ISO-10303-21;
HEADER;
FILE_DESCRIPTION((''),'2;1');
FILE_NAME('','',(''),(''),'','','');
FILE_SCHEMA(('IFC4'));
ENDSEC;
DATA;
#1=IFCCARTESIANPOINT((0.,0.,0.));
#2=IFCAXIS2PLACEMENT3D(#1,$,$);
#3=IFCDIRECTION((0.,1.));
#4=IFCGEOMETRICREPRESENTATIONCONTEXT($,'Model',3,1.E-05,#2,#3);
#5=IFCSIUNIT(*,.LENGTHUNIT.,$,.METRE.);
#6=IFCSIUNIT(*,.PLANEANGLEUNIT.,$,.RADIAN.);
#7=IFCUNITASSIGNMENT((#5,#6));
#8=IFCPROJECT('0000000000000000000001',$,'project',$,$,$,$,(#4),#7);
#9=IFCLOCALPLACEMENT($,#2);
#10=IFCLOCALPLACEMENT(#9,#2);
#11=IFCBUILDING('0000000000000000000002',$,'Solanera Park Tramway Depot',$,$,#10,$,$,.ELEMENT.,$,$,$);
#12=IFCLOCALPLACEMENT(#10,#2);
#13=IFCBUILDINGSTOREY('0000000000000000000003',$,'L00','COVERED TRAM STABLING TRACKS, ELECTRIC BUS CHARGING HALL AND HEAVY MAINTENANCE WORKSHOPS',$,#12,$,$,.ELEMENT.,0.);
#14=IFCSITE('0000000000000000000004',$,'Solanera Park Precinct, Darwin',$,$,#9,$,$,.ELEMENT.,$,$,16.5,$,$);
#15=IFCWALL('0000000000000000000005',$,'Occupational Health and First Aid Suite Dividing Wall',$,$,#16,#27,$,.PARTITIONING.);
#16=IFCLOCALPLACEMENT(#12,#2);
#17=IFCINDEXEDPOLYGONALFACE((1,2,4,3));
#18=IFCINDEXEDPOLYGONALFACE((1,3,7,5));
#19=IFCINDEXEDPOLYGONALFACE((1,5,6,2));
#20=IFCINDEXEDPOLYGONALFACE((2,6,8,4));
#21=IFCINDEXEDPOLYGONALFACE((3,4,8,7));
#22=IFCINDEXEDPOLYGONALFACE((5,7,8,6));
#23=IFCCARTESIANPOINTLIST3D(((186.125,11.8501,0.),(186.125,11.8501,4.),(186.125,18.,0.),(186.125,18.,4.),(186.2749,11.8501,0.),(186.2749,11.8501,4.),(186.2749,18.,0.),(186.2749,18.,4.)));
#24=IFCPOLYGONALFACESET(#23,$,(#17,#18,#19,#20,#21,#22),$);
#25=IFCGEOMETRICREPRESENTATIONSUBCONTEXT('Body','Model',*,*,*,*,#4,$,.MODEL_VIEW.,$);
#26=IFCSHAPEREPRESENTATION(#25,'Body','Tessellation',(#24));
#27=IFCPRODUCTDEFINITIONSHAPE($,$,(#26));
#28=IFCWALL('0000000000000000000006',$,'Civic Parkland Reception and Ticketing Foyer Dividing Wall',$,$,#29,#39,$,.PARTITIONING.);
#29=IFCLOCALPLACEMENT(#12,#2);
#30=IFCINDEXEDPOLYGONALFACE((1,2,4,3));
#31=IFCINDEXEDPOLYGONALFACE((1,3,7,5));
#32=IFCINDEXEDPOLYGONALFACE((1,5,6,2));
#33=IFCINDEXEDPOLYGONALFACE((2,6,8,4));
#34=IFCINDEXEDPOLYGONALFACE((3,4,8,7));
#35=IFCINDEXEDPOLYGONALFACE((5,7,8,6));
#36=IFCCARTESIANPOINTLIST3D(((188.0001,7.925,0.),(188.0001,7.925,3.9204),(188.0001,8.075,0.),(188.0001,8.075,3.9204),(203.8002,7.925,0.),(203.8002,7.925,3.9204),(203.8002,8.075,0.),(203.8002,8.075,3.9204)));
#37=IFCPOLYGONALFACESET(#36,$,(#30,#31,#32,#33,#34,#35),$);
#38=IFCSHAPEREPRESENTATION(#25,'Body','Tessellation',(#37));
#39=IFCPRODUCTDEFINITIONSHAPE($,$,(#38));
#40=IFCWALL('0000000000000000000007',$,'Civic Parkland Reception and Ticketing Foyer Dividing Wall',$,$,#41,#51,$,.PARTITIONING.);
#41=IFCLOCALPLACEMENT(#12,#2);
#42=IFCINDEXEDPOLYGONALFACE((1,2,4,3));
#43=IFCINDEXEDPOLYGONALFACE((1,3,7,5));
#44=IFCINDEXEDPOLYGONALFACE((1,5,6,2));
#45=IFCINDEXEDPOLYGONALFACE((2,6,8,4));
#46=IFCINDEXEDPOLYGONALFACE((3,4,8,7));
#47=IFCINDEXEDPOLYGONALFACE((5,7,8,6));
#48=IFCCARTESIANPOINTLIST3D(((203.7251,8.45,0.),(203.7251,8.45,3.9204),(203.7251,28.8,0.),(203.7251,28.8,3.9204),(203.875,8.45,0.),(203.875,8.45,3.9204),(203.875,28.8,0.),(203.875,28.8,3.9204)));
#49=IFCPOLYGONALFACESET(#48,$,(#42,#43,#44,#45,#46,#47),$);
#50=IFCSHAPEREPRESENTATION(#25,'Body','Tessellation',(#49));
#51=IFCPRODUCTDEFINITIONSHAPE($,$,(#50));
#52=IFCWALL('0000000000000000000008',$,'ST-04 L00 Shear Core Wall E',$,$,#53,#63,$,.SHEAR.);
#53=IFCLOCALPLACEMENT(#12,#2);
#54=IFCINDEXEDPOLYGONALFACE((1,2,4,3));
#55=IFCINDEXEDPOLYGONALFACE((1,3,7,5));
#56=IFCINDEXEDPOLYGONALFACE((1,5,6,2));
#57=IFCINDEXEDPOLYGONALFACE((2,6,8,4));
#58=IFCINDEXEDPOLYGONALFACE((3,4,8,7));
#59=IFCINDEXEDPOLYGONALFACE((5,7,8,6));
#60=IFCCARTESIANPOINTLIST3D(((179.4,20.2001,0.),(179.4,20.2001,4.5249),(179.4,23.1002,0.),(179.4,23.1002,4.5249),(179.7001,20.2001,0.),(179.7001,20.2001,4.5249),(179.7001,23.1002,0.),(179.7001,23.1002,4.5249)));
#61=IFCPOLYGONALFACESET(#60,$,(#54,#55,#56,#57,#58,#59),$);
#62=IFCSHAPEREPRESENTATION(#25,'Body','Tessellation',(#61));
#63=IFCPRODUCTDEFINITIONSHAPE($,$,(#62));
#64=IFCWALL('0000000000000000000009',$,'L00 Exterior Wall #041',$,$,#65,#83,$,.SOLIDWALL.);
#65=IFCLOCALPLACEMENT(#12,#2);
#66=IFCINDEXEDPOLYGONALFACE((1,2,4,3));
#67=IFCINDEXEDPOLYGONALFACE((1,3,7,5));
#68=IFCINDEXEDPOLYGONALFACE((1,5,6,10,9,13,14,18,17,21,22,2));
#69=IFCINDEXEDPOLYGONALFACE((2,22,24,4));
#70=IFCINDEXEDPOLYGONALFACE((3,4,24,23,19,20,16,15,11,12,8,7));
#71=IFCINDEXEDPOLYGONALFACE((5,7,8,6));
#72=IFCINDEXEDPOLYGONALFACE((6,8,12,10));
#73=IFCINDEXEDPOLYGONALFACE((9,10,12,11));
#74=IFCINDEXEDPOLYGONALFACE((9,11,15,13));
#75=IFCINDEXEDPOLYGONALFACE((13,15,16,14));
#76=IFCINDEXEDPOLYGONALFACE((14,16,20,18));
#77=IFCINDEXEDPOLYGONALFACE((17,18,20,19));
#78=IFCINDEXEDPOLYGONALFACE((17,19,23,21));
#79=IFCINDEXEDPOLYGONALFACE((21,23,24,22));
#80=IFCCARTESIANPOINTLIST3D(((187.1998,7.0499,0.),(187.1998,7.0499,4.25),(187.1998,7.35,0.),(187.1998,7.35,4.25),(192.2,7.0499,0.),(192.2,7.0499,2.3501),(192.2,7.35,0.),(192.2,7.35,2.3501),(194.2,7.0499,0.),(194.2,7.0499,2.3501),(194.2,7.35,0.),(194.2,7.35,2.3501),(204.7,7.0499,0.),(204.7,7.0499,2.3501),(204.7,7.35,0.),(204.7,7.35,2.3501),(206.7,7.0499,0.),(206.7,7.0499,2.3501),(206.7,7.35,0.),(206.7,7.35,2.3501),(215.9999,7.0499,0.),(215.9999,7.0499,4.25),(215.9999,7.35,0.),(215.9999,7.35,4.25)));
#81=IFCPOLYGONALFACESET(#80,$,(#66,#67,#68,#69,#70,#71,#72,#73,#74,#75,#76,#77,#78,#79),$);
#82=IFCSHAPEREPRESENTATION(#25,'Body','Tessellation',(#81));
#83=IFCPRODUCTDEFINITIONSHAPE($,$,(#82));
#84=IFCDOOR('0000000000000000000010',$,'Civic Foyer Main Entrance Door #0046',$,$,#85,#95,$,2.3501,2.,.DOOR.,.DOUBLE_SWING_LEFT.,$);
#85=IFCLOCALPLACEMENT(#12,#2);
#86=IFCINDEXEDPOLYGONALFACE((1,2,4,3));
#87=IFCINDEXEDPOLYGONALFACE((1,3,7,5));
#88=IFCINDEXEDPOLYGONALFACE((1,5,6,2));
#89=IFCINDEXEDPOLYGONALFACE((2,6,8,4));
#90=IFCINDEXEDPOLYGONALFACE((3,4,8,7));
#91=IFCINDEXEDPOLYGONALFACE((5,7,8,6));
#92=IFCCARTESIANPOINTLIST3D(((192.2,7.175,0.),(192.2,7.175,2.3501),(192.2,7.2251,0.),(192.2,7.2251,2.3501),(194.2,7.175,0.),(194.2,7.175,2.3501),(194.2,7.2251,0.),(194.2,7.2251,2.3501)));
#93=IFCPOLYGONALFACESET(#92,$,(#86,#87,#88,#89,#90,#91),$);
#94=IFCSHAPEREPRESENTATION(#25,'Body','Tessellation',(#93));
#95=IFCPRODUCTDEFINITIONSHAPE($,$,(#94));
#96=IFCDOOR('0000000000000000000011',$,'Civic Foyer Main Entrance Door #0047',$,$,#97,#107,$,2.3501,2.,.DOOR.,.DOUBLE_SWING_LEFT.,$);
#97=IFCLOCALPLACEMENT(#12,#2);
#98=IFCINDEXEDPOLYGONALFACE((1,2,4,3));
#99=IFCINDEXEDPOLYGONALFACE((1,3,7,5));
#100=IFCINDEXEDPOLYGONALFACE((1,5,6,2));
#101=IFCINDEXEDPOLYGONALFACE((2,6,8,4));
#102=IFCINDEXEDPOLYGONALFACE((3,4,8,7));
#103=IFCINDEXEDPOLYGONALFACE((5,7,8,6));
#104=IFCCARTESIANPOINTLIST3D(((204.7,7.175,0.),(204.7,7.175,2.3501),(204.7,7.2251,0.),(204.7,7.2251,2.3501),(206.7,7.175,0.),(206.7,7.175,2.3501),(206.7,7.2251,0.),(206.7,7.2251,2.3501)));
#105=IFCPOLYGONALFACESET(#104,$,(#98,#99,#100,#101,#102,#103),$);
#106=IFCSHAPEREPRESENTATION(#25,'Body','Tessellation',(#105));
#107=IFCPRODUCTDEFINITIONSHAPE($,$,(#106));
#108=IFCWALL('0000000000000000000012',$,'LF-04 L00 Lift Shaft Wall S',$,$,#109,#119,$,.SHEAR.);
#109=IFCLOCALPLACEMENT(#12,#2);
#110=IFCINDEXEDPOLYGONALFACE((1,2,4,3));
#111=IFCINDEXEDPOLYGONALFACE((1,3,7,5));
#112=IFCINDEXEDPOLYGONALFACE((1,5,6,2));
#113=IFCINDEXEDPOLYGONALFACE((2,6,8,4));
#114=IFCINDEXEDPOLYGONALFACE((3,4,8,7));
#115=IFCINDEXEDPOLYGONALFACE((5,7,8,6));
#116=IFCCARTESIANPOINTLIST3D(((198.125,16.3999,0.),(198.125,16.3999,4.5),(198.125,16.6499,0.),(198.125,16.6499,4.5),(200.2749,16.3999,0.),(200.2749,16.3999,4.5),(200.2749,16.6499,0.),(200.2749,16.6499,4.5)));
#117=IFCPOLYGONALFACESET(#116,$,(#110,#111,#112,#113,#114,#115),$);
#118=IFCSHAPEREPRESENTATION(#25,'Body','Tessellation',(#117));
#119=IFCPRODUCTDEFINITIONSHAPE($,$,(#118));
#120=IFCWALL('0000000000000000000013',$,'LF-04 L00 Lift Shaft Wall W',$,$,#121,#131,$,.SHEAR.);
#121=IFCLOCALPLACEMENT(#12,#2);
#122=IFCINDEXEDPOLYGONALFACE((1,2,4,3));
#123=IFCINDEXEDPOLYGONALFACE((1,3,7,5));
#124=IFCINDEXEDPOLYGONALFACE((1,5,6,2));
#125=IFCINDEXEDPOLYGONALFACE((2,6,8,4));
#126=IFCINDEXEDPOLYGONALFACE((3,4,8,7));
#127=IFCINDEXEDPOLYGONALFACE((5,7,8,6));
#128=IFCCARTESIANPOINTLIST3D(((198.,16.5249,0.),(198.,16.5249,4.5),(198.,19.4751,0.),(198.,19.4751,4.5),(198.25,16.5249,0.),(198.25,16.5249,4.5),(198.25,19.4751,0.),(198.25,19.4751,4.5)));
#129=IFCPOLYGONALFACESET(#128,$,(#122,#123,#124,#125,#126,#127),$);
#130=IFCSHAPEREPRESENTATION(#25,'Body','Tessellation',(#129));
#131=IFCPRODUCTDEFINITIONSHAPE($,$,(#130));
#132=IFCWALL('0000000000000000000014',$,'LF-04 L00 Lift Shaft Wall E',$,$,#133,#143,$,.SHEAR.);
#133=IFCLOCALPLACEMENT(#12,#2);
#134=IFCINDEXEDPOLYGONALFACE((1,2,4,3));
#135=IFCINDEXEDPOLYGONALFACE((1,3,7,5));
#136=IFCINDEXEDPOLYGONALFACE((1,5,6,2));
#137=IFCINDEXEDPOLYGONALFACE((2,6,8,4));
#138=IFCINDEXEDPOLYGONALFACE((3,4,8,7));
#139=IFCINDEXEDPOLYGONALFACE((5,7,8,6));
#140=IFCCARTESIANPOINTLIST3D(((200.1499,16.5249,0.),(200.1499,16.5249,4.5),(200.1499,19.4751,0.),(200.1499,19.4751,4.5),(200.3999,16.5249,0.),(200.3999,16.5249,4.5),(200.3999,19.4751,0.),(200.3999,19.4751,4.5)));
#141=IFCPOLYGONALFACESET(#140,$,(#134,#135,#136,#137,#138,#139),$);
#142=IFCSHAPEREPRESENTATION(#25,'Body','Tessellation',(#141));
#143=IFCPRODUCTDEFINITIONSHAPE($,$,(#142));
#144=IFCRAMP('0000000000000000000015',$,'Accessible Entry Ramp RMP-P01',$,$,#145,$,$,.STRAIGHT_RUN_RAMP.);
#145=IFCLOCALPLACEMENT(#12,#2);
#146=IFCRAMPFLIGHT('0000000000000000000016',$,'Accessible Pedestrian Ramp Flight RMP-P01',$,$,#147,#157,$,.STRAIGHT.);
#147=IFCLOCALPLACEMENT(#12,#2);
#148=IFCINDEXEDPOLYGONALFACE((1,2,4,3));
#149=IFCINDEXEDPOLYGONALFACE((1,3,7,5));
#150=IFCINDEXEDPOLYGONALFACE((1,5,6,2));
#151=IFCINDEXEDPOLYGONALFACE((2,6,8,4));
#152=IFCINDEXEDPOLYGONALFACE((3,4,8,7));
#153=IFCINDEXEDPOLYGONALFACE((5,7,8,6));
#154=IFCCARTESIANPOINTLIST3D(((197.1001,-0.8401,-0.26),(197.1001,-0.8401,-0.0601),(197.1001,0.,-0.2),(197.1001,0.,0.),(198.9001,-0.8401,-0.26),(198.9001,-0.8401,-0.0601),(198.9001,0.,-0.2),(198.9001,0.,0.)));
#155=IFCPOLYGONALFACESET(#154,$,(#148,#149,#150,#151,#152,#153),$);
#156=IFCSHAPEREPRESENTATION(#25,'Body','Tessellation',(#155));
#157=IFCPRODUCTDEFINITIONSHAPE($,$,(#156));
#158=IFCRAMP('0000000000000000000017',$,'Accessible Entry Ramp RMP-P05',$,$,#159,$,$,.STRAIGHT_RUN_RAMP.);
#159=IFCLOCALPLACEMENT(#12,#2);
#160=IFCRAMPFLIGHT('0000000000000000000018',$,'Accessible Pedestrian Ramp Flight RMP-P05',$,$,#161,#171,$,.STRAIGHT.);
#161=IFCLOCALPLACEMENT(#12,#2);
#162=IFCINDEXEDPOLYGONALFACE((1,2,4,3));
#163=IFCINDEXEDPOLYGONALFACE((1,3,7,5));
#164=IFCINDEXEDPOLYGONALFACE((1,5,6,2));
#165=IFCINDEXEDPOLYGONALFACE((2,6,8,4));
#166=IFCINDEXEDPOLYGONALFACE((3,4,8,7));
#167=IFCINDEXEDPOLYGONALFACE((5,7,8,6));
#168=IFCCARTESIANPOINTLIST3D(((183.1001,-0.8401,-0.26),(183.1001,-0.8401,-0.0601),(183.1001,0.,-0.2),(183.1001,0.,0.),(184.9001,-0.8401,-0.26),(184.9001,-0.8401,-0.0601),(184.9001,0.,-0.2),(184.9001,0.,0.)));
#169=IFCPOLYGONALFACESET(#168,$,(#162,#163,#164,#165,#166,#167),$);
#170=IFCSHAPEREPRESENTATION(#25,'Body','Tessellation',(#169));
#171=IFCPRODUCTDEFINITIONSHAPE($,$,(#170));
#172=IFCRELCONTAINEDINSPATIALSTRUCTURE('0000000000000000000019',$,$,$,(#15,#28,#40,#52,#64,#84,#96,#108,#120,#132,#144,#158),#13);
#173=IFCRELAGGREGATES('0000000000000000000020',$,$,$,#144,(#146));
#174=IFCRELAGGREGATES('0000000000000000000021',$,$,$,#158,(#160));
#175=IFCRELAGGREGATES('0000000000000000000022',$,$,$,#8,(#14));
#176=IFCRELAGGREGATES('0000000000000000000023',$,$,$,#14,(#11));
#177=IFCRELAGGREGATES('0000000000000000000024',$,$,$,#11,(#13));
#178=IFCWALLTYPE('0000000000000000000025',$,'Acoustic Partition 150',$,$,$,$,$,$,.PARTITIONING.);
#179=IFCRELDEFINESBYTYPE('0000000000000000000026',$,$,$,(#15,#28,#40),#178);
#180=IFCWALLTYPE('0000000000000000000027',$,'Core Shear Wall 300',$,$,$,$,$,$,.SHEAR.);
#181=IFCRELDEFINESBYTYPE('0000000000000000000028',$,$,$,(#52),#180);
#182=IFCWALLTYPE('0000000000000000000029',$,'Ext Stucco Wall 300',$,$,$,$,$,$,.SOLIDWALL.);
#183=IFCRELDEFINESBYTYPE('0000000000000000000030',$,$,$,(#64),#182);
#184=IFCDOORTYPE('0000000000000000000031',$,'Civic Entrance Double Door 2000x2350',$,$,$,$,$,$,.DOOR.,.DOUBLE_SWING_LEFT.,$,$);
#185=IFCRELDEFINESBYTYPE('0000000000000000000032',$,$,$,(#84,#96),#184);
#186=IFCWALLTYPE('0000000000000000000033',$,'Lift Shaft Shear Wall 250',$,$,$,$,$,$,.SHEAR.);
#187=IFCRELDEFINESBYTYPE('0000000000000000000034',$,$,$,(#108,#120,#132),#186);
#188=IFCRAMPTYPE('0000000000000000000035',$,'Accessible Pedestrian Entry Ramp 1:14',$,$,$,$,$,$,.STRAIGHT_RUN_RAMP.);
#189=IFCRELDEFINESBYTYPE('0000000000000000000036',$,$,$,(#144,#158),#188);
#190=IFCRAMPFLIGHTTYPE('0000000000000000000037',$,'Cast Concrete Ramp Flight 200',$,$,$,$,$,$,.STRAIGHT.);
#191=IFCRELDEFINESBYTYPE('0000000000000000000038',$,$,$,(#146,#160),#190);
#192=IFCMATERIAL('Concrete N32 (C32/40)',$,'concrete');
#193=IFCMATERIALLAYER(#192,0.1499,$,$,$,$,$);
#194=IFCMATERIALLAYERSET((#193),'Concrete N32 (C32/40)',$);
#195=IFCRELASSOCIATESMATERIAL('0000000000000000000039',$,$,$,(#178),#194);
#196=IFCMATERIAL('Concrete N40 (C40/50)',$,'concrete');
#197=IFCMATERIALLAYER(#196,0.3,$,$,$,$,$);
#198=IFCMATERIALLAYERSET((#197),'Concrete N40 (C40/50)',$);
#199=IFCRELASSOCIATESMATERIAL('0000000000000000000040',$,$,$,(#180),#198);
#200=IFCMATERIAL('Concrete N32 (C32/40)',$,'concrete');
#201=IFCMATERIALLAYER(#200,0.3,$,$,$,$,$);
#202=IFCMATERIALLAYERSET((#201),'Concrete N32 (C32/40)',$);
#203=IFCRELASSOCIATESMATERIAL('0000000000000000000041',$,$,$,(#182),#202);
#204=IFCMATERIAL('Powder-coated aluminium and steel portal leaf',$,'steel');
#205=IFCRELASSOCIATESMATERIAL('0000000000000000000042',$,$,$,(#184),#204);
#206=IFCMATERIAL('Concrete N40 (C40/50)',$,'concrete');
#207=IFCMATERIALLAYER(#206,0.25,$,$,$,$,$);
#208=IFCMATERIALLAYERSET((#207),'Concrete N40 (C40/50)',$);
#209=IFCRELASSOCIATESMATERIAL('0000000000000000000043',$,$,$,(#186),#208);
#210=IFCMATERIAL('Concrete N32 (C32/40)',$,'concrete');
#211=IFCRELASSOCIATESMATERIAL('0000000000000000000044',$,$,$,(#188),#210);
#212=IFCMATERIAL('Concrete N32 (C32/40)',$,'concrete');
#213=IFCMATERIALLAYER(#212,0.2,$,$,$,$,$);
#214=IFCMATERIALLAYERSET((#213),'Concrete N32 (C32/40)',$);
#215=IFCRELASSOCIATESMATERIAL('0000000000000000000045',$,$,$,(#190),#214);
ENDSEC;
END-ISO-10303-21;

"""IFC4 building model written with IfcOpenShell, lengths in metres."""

from ifc_helpers import new_model, si_unit, direction, frame, frame_2d, origin, place, context, subcontext, project, spatial, polyline, rectangle, outline, extrude, material, layer, layer_set, type_object, element, fill, aggregate, save


model = new_model("IFC4")

# Units and contexts
model_context = context("Model", 3, precision=1e-05, world=origin(), true_north=direction((0.0, 1.0)))
body_context = subcontext(model_context, "Body", "Model", "MODEL_VIEW")
ifc_project = project(units=[si_unit("LENGTHUNIT", "METRE"), si_unit("PLANEANGLEUNIT", "RADIAN")], contexts=[model_context])

# Site, building, storey
site_placement = place(None, origin())
site = spatial("IfcSite", under=ifc_project, at=site_placement, Name="Solanera Park Precinct, Darwin", CompositionType="ELEMENT", RefElevation=16.5)
building_placement = place(site_placement, origin())
building = spatial("IfcBuilding", under=site, at=building_placement, Name="Solanera Park Tramway Depot", CompositionType="ELEMENT")
storey_placement = place(building_placement, origin())
storey = spatial("IfcBuildingStorey", under=building, at=storey_placement, Name="L00", Description="COVERED TRAM STABLING TRACKS, ELECTRIC BUS CHARGING HALL AND HEAVY MAINTENANCE WORKSHOPS", CompositionType="ELEMENT", Elevation=0.0)

# Walls
ifc_material_1 = material(Name="Concrete N32 (C32/40)", Category="concrete")
ifc_layer_1 = layer(ifc_material_1, 0.1499)
ifc_layer_set_1 = layer_set([ifc_layer_1], Name="Concrete N32 (C32/40)")
wall_type_1 = type_object("IfcWallType", Name="Acoustic Partition 150", PredefinedType="PARTITIONING", material=ifc_layer_set_1)
wall_1_placement = place(storey_placement, frame((186.2, 11.8501, 0.0), z_axis=(0.0, 0.0, 1.0), x_axis=(0.0, 1.0, 0.0)))
element("IfcWall", 1, at=wall_1_placement, inside=storey, type_object=wall_type_1, Name="Occupational Health and First Aid Suite Dividing Wall", PredefinedType="PARTITIONING", context=body_context, shape_type="SweptSolid", body=[
    extrude(rectangle(XDim=6.1499, YDim=0.1499, at=frame_2d((3.075, 0.0))), origin(), (0.0, 0.0, 1.0), 4.0),
])
wall_2_placement = place(storey_placement, frame((203.8, 8.0, 0.0), z_axis=(0.0, 0.0, 1.0), x_axis=(-1.0, 0.0, 0.0)))
element("IfcWall", 2, at=wall_2_placement, inside=storey, type_object=wall_type_1, Name="Civic Parkland Reception and Ticketing Foyer Dividing Wall", PredefinedType="PARTITIONING", context=body_context, shape_type="SweptSolid", body=[
    extrude(rectangle(XDim=15.8, YDim=0.1499, at=frame_2d((7.8999, 0.0))), origin(), (0.0, 0.0, 1.0), 3.9204),
])
wall_3_placement = place(storey_placement, frame((203.8, 8.45, 0.0), z_axis=(0.0, 0.0, 1.0), x_axis=(0.0, 1.0, 0.0)))
element("IfcWall", 3, at=wall_3_placement, inside=storey, type_object=wall_type_1, Name="Civic Parkland Reception and Ticketing Foyer Dividing Wall", PredefinedType="PARTITIONING", context=body_context, shape_type="SweptSolid", body=[
    extrude(rectangle(XDim=20.3501, YDim=0.1499, at=frame_2d((10.175, 0.0))), origin(), (0.0, 0.0, 1.0), 3.9204),
])
ifc_material_2 = material(Name="Concrete N40 (C40/50)", Category="concrete")
ifc_layer_2 = layer(ifc_material_2, 0.3)
ifc_layer_set_2 = layer_set([ifc_layer_2], Name="Concrete N40 (C40/50)")
wall_type_2 = type_object("IfcWallType", Name="Core Shear Wall 300", PredefinedType="SHEAR", material=ifc_layer_set_2)
wall_4_placement = place(storey_placement, frame((179.55, 20.2, 0.0), z_axis=(0.0, 0.0, 1.0), x_axis=(0.0, 1.0, 0.0)))
element("IfcWall", 4, at=wall_4_placement, inside=storey, type_object=wall_type_2, Name="ST-04 L00 Shear Core Wall E", PredefinedType="SHEAR", context=body_context, shape_type="SweptSolid", body=[
    extrude(rectangle(XDim=2.9001, YDim=0.3, at=frame_2d((1.4502, 0.0))), origin(), (0.0, 0.0, 1.0), 4.5249),
])

# Wall, openings, doors
ifc_material_3 = material(Name="Concrete N32 (C32/40)", Category="concrete")
ifc_layer_3 = layer(ifc_material_3, 0.3)
ifc_layer_set_3 = layer_set([ifc_layer_3], Name="Concrete N32 (C32/40)")
wall_type_3 = type_object("IfcWallType", Name="Ext Stucco Wall 300", PredefinedType="SOLIDWALL", material=ifc_layer_set_3)
wall_5_placement = place(storey_placement, frame((187.2, 7.2, 0.0), z_axis=(0.0, 0.0, 1.0), x_axis=(1.0, 0.0, 0.0)))
wall_5 = element("IfcWall", 5, at=wall_5_placement, inside=storey, type_object=wall_type_3, Name="L00 Exterior Wall #041", PredefinedType="SOLIDWALL", context=body_context, shape_type="SweptSolid", body=[
    extrude(rectangle(XDim=28.8, YDim=0.3, at=frame_2d((14.3999, 0.0))), origin(), (0.0, 0.0, 1.0), 4.25),
])
opening_1_placement = place(wall_5_placement, frame((5.0, 0.0, 0.0)))
opening_1 = element("IfcOpeningElement", 6, at=opening_1_placement, cuts=wall_5, PredefinedType="OPENING", context=body_context, shape_type="SweptSolid", body=[
    extrude(rectangle(XDim=2.0, YDim=2.3501, at=frame_2d((1.0, 1.175))), frame((0.0, 0.1602, 0.0), z_axis=(0.0, -1.0, 0.0), x_axis=(1.0, 0.0, 0.0)), (0.0, 0.0, 1.0), 0.3201),
])
opening_2_placement = place(wall_5_placement, frame((17.5, 0.0, 0.0)))
opening_2 = element("IfcOpeningElement", 7, at=opening_2_placement, cuts=wall_5, PredefinedType="OPENING", context=body_context, shape_type="SweptSolid", body=[
    extrude(rectangle(XDim=2.0, YDim=2.3501, at=frame_2d((1.0, 1.175))), frame((0.0, 0.1602, 0.0), z_axis=(0.0, -1.0, 0.0), x_axis=(1.0, 0.0, 0.0)), (0.0, 0.0, 1.0), 0.3201),
])
ifc_material_4 = material(Name="Powder-coated aluminium and steel portal leaf", Category="steel")
door_type_1 = type_object("IfcDoorType", Name="Civic Entrance Double Door 2000x2350", OperationType="DOUBLE_SWING_LEFT", PredefinedType="DOOR", material=ifc_material_4)
door_1_placement = place(opening_1_placement, frame((2.0, 0.0, 0.0), z_axis=(0.0, 0.0, 1.0), x_axis=(-1.0, 0.0, 0.0)))
door_1 = element("IfcDoor", 8, at=door_1_placement, inside=storey, type_object=door_type_1, Name="Civic Foyer Main Entrance Door #0046", OperationType="DOUBLE_SWING_LEFT", OverallHeight=2.3501, OverallWidth=2.0, PredefinedType="DOOR", context=body_context, shape_type="SweptSolid", body=[
    extrude(rectangle(XDim=2.0, YDim=2.3501, at=frame_2d((1.0, 1.175))), frame((0.0, 0.0249, 0.0), z_axis=(0.0, -1.0, 0.0), x_axis=(1.0, 0.0, 0.0)), (0.0, 0.0, 1.0), 0.05),
])
fill(opening_1, door_1)
door_2_placement = place(opening_2_placement, frame((2.0, 0.0, 0.0), z_axis=(0.0, 0.0, 1.0), x_axis=(-1.0, 0.0, 0.0)))
door_2 = element("IfcDoor", 9, at=door_2_placement, inside=storey, type_object=door_type_1, Name="Civic Foyer Main Entrance Door #0047", OperationType="DOUBLE_SWING_LEFT", OverallHeight=2.3501, OverallWidth=2.0, PredefinedType="DOOR", context=body_context, shape_type="SweptSolid", body=[
    extrude(rectangle(XDim=2.0, YDim=2.3501, at=frame_2d((1.0, 1.175))), frame((0.0, 0.0249, 0.0), z_axis=(0.0, -1.0, 0.0), x_axis=(1.0, 0.0, 0.0)), (0.0, 0.0, 1.0), 0.05),
])
fill(opening_2, door_2)

# Wall
ifc_material_5 = material(Name="Concrete N40 (C40/50)", Category="concrete")
ifc_layer_4 = layer(ifc_material_5, 0.25)
ifc_layer_set_4 = layer_set([ifc_layer_4], Name="Concrete N40 (C40/50)")
wall_type_4 = type_object("IfcWallType", Name="Lift Shaft Shear Wall 250", PredefinedType="SHEAR", material=ifc_layer_set_4)
wall_6_placement = place(storey_placement, frame((198.125, 16.5249, 0.0), z_axis=(0.0, 0.0, 1.0), x_axis=(1.0, 0.0, 0.0)))
element("IfcWall", 10, at=wall_6_placement, inside=storey, type_object=wall_type_4, Name="LF-04 L00 Lift Shaft Wall S", PredefinedType="SHEAR", context=body_context, shape_type="SweptSolid", body=[
    extrude(rectangle(XDim=2.1499, YDim=0.25, at=frame_2d((1.075, 0.0))), origin(), (0.0, 0.0, 1.0), 4.5),
])

# Walls
for number, where, z_axis, x_axis, name in (
    (11, (198.125, 19.4751, 0.0), (0.0, 0.0, 1.0), (0.0, -1.0, 0.0), "LF-04 L00 Lift Shaft Wall W"),
    (12, (200.2749, 16.5249, 0.0), (0.0, 0.0, 1.0), (0.0, 1.0, 0.0), "LF-04 L00 Lift Shaft Wall E"),
):
    element("IfcWall", number, at=place(storey_placement, frame(where, z_axis=z_axis, x_axis=x_axis)), inside=storey, type_object=wall_type_4, Name=name, PredefinedType="SHEAR", context=body_context, shape_type="SweptSolid", body=[
        extrude(rectangle(XDim=2.9502, YDim=0.25, at=frame_2d((1.4751, 0.0))), origin(), (0.0, 0.0, 1.0), 4.5),
    ])

# Ramps, ramp flights
ifc_material_6 = material(Name="Concrete N32 (C32/40)", Category="concrete")
ramp_type = type_object("IfcRampType", Name="Accessible Pedestrian Entry Ramp 1:14", PredefinedType="STRAIGHT_RUN_RAMP", material=ifc_material_6)
ramp_1_placement = place(storey_placement, origin())
ramp_1 = element("IfcRamp", 13, at=ramp_1_placement, inside=storey, type_object=ramp_type, Name="Accessible Entry Ramp RMP-P01", PredefinedType="STRAIGHT_RUN_RAMP")
ifc_material_7 = material(Name="Concrete N32 (C32/40)", Category="concrete")
ifc_layer_5 = layer(ifc_material_7, 0.2)
ifc_layer_set_5 = layer_set([ifc_layer_5], Name="Concrete N32 (C32/40)")
ramp_flight_type = type_object("IfcRampFlightType", Name="Cast Concrete Ramp Flight 200", PredefinedType="STRAIGHT", material=ifc_layer_set_5)
ramp_flight_1_placement = place(storey_placement, frame((198.0, -0.8401, -0.0601), z_axis=(0.0, 0.0, 1.0), x_axis=(0.0, 1.0, 0.0)))
ramp_flight_1 = element("IfcRampFlight", 14, at=ramp_flight_1_placement, type_object=ramp_flight_type, Name="Accessible Pedestrian Ramp Flight RMP-P01", PredefinedType="STRAIGHT", context=body_context, shape_type="SweptSolid", body=[
    extrude(outline(polyline([(0.0, 0.0), (0.0, -0.2), (0.8401, -0.1399), (0.8401, 0.0601), (0.0, 0.0)])), frame((0.0, 0.8999, 0.0), z_axis=(0.0, -1.0, 0.0), x_axis=(1.0, 0.0, 0.0)), (0.0, 0.0, 1.0), 1.8),
])
aggregate(ramp_1, [ramp_flight_1])
ramp_2_placement = place(storey_placement, origin())
ramp_2 = element("IfcRamp", 15, at=ramp_2_placement, inside=storey, type_object=ramp_type, Name="Accessible Entry Ramp RMP-P05", PredefinedType="STRAIGHT_RUN_RAMP")
ramp_flight_2_placement = place(storey_placement, frame((184.0, -0.8401, -0.0601), z_axis=(0.0, 0.0, 1.0), x_axis=(0.0, 1.0, 0.0)))
ramp_flight_2 = element("IfcRampFlight", 16, at=ramp_flight_2_placement, type_object=ramp_flight_type, Name="Accessible Pedestrian Ramp Flight RMP-P05", PredefinedType="STRAIGHT", context=body_context, shape_type="SweptSolid", body=[
    extrude(outline(polyline([(0.0, 0.0), (0.0, -0.2), (0.8401, -0.1399), (0.8401, 0.0601), (0.0, 0.0)])), frame((0.0, 0.8999, 0.0), z_axis=(0.0, -1.0, 0.0), x_axis=(1.0, 0.0, 0.0)), (0.0, 0.0, 1.0), 1.8),
])
aggregate(ramp_2, [ramp_flight_2])

save(model, "model.ifc")
